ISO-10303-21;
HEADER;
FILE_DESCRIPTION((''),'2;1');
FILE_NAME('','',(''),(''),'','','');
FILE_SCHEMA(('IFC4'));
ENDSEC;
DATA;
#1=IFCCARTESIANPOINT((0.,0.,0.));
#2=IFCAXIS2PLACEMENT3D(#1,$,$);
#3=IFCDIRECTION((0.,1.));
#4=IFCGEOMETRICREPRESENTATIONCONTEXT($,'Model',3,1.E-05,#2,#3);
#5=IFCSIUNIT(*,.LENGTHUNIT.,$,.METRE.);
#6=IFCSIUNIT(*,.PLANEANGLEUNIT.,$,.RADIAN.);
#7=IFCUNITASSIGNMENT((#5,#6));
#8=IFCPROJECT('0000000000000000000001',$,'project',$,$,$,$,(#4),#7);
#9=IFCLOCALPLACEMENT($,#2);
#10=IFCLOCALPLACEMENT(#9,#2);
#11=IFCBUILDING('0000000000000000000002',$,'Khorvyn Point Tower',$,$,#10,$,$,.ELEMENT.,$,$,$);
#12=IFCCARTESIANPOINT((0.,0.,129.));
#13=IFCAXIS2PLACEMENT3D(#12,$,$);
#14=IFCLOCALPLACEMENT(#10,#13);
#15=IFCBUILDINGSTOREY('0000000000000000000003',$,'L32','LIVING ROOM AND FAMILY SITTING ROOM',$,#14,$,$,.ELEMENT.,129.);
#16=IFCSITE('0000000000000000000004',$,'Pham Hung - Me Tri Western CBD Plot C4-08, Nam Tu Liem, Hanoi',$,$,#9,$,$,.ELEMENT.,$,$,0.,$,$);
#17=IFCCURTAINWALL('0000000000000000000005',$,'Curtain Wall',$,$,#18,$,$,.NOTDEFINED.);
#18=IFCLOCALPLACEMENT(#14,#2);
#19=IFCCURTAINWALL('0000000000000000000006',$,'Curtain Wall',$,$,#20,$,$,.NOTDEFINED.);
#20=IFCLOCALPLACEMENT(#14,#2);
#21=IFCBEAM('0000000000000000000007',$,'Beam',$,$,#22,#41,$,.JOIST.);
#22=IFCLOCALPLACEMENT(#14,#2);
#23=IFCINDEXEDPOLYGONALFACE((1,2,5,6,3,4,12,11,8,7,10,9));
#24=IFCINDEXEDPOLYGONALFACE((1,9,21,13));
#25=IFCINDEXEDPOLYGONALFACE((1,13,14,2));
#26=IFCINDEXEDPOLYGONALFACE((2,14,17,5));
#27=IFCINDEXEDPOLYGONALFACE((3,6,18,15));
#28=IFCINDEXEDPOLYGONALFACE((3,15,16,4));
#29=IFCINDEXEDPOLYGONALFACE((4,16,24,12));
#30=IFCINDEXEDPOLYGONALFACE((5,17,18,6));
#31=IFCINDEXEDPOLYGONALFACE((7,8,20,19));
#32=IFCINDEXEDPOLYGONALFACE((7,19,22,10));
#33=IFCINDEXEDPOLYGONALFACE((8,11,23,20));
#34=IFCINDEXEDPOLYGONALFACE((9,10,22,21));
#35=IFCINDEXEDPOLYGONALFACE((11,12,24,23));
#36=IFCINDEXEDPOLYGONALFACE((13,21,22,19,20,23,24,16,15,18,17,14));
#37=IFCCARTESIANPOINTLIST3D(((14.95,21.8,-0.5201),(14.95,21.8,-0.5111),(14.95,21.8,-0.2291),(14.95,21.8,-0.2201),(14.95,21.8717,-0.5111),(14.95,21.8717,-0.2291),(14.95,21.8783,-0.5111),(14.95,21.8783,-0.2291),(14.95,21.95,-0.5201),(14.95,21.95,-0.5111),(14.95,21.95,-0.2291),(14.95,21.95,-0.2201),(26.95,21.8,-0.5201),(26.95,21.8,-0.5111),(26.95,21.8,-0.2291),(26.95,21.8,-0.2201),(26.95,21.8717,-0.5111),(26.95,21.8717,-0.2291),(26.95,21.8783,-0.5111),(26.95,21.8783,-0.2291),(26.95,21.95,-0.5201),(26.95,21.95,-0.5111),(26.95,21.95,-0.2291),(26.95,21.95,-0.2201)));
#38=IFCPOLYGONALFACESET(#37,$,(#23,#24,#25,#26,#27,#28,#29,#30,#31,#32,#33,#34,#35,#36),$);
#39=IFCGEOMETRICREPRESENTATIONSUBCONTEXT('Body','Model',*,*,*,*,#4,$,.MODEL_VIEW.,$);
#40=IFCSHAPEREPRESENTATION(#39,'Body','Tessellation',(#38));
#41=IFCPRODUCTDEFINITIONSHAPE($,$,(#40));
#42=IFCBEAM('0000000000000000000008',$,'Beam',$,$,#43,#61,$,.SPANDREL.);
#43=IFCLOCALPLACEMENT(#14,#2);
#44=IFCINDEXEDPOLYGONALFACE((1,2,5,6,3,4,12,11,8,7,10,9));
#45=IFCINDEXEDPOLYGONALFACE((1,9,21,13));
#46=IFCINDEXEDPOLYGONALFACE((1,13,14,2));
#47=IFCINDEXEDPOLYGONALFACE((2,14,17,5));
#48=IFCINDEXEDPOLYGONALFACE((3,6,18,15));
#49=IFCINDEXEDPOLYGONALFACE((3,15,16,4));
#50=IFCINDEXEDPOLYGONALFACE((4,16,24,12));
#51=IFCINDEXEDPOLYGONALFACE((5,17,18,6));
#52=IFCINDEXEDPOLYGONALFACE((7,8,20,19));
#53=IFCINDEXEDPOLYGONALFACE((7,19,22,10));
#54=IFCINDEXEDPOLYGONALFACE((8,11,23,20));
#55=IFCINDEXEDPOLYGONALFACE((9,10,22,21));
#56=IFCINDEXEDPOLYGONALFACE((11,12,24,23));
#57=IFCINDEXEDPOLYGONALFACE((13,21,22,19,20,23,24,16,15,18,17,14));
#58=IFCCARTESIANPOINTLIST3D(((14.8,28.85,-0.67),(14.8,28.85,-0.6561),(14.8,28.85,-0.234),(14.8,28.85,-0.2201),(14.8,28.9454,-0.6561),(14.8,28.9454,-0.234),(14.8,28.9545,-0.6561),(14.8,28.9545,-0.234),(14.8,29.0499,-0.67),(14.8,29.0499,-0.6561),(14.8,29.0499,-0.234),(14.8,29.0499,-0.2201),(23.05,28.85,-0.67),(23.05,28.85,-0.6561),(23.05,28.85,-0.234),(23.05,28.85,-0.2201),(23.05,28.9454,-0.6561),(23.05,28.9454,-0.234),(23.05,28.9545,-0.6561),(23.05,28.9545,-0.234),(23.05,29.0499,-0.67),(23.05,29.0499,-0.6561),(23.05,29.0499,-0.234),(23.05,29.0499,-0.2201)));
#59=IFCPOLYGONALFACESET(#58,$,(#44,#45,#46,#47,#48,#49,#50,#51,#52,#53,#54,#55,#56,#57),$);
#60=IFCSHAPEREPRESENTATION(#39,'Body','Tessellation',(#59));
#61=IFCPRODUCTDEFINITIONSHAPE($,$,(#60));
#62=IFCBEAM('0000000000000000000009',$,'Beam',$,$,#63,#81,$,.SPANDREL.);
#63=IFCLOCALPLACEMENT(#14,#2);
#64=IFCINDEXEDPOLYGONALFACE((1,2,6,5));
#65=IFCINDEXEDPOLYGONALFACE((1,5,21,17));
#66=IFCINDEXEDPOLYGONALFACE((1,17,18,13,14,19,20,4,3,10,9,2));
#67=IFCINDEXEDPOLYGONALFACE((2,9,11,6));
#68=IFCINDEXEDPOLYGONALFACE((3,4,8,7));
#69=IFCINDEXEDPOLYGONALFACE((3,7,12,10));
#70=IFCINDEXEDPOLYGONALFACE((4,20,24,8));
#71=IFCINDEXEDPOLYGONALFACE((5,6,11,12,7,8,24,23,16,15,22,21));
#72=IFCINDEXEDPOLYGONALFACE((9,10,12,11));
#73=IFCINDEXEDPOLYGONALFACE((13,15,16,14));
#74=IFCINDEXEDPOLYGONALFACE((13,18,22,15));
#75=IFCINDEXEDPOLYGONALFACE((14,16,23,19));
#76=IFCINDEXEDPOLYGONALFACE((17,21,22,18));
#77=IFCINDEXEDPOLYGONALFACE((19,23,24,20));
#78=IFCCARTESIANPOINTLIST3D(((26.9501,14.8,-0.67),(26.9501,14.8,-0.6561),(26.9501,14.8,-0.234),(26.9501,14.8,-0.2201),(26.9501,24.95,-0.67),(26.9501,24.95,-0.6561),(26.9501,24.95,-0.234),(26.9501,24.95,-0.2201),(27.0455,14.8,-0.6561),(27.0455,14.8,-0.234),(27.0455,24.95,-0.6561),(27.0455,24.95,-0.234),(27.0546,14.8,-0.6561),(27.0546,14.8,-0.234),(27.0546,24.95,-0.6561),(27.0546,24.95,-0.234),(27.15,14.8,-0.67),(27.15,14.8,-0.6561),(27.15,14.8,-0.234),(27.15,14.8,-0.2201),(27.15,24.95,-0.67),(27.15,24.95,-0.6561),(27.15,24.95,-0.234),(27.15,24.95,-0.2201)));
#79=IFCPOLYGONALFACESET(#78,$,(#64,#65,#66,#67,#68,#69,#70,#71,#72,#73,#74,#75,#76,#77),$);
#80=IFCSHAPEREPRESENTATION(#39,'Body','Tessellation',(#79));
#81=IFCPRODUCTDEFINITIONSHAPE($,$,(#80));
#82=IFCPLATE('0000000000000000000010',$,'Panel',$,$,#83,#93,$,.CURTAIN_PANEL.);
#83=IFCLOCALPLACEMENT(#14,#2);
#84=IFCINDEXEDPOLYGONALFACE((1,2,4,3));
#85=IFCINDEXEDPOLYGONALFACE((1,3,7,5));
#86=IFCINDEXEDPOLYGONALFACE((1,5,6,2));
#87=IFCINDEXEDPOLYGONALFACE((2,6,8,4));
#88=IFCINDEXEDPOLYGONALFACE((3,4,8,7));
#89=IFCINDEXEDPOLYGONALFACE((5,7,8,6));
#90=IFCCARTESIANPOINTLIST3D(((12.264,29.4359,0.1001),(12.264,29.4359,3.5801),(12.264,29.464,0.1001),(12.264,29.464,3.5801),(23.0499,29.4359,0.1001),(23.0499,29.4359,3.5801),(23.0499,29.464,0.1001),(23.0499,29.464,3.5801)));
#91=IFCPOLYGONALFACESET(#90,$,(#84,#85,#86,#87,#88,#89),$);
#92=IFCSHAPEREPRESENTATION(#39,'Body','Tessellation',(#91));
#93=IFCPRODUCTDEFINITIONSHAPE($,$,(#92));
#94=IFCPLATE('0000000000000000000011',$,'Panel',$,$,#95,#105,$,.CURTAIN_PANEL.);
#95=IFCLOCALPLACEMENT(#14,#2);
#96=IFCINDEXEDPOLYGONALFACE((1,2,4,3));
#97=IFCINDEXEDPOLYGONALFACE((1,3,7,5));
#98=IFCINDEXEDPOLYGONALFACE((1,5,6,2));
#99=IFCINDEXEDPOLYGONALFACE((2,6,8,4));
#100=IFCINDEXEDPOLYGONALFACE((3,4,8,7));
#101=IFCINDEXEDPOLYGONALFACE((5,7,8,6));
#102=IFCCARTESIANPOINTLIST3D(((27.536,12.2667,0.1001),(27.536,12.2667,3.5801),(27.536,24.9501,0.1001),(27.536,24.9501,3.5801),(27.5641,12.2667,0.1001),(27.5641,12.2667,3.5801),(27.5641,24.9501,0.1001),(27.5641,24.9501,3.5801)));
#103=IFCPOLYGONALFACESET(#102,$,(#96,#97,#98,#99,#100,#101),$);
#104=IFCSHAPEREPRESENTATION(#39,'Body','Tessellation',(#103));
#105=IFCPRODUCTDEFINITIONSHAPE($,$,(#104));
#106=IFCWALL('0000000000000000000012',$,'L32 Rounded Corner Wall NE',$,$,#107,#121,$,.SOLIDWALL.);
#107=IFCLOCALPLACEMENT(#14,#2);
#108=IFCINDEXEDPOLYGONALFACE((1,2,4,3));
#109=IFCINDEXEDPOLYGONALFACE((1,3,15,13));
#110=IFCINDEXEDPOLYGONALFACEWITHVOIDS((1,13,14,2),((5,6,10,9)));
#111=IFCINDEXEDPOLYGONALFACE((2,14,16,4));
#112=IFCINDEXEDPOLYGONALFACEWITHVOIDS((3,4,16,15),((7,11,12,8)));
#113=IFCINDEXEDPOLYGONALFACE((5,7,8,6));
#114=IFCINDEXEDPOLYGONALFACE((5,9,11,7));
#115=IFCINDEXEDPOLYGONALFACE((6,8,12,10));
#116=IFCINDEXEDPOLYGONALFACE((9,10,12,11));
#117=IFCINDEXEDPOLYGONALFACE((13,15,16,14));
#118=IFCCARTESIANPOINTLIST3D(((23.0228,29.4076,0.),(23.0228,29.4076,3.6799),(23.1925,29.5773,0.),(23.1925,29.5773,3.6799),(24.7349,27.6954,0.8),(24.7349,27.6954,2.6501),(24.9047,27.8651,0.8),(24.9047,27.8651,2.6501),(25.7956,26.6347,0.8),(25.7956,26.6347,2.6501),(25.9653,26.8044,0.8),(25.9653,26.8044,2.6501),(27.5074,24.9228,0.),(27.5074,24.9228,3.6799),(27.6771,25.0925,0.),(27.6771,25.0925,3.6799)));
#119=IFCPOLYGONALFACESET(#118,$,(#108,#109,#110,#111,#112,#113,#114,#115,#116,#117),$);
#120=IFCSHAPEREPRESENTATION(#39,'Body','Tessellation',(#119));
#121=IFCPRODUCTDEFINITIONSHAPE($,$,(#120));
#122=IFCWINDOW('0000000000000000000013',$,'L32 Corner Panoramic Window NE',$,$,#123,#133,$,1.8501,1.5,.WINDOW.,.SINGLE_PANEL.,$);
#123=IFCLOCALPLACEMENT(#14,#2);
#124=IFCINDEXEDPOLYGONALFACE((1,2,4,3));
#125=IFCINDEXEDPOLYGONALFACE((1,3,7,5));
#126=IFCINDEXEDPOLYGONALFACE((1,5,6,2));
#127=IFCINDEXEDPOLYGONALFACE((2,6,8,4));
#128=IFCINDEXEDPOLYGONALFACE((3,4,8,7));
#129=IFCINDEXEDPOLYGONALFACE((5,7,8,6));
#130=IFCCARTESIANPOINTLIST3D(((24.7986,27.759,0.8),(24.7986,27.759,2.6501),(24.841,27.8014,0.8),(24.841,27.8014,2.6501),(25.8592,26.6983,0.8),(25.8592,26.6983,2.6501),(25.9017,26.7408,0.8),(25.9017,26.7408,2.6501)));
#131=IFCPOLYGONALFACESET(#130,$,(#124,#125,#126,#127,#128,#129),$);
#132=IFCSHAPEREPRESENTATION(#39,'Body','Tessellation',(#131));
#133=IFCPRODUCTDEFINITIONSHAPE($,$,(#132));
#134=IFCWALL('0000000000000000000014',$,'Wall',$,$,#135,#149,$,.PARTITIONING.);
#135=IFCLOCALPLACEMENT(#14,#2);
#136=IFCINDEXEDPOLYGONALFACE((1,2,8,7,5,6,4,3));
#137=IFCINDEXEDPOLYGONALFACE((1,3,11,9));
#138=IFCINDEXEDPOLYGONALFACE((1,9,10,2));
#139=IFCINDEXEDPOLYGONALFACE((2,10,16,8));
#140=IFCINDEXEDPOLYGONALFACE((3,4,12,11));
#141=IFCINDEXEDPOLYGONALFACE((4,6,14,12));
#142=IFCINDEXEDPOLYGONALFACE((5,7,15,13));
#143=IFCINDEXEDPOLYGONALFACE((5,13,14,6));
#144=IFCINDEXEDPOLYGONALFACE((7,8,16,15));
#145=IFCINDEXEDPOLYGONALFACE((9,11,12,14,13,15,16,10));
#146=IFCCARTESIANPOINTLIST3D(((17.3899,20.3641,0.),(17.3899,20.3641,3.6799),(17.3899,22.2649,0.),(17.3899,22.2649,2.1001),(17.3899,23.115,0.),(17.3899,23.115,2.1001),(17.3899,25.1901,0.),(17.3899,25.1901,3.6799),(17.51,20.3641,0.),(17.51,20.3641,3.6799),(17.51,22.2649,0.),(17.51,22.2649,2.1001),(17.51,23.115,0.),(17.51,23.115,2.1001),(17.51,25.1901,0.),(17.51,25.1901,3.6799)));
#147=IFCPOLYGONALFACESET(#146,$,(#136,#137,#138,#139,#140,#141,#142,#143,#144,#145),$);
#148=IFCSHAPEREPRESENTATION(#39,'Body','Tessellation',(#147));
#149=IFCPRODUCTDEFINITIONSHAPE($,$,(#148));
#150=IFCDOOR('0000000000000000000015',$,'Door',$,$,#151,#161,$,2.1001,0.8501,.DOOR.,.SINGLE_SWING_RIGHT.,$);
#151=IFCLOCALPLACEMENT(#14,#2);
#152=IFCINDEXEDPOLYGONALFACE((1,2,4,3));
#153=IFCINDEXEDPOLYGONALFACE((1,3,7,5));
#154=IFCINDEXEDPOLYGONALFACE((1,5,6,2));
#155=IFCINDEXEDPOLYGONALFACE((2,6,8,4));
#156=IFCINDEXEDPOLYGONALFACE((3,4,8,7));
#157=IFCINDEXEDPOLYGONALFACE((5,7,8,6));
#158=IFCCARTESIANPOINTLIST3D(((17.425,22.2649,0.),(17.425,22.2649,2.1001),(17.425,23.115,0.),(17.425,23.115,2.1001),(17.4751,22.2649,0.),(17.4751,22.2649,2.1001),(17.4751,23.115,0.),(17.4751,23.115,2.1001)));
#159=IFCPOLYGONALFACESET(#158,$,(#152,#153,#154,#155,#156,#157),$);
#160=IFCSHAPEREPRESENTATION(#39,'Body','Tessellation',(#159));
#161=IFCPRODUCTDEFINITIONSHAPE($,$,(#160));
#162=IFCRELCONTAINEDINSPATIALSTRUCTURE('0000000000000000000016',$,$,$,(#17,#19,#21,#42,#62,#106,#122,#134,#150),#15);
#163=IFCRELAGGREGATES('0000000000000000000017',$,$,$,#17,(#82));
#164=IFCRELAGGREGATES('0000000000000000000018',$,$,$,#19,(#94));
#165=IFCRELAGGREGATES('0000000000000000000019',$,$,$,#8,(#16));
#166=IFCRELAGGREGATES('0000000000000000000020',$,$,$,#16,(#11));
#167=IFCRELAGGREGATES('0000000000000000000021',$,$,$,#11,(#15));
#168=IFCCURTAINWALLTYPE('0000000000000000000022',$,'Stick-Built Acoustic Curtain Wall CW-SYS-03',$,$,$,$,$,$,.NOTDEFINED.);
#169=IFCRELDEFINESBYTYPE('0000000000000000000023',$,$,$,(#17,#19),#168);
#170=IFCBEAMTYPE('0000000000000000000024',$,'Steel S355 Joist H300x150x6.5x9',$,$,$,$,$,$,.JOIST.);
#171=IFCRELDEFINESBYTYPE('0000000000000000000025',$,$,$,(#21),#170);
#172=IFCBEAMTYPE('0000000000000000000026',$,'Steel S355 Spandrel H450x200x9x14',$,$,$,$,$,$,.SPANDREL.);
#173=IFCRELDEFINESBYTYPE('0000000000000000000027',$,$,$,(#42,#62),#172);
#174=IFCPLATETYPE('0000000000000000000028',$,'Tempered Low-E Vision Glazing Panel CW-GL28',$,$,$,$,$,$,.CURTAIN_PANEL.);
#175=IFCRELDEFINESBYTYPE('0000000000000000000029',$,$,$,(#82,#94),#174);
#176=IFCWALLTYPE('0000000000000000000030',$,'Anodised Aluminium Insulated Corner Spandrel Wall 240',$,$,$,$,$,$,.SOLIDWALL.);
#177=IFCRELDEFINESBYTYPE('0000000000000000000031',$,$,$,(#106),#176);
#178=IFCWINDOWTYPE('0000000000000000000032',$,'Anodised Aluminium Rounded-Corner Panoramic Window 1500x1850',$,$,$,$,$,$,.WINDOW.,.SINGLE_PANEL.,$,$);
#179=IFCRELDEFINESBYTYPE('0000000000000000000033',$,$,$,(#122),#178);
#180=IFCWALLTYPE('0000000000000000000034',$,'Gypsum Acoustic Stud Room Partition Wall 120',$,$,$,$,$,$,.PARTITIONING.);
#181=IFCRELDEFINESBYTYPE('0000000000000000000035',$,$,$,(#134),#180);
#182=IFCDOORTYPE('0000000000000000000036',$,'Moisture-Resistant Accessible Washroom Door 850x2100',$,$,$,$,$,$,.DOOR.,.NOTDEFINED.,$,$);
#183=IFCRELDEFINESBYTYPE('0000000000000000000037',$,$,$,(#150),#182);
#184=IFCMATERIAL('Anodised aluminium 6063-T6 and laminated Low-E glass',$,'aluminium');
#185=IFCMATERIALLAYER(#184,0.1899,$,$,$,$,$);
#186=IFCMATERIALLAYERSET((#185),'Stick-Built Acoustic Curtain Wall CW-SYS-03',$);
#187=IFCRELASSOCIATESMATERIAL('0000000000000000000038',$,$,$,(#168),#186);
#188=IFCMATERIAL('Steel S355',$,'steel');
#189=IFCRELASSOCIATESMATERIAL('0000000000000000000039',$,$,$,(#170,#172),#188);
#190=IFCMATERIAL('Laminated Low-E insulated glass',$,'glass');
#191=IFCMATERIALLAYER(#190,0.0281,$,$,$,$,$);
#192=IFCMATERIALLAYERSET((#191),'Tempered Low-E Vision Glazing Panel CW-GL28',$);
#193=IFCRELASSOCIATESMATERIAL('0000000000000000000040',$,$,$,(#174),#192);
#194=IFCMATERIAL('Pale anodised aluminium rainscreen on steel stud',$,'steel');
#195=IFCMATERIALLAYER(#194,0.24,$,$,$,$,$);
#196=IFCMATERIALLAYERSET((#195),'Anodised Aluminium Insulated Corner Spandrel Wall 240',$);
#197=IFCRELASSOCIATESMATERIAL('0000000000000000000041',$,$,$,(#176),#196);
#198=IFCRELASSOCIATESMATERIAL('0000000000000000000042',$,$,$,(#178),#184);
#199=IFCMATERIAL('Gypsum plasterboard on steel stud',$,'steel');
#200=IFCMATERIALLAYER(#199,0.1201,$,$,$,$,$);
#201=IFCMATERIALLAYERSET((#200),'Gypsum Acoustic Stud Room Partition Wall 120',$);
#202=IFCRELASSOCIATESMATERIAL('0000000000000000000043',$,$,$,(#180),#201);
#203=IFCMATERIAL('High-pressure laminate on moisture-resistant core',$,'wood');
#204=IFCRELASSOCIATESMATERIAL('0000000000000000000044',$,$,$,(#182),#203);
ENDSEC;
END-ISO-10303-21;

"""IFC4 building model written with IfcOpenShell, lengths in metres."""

from ifc_helpers import new_model, si_unit, direction, frame, frame_2d, origin, origin_2d, place, context, subcontext, project, spatial, rectangle, i_section, extrude, material, layer, layer_set, material_profile, profile_set, type_object, element, fill, aggregate, save


model = new_model("IFC4")

# Units and contexts
model_context = context("Model", 3, precision=1e-05, world=origin(), true_north=direction((0.0, 1.0)))
body_context = subcontext(model_context, "Body", "Model", "MODEL_VIEW")
ifc_project = project(units=[si_unit("LENGTHUNIT", "METRE"), si_unit("PLANEANGLEUNIT", "RADIAN")], contexts=[model_context])

# Site, building, storey
site_placement = place(None, origin())
site = spatial("IfcSite", under=ifc_project, at=site_placement, Name="Pham Hung - Me Tri Western CBD Plot C4-08, Nam Tu Liem, Hanoi", CompositionType="ELEMENT", RefElevation=0.0)
building_placement = place(site_placement, origin())
building = spatial("IfcBuilding", under=site, at=building_placement, Name="Khorvyn Point Tower", CompositionType="ELEMENT")
storey_placement = place(building_placement, frame((0.0, 0.0, 129.0)))
storey = spatial("IfcBuildingStorey", under=building, at=storey_placement, Name="L32", Description="LIVING ROOM AND FAMILY SITTING ROOM", CompositionType="ELEMENT", Elevation=129.0)

# Curtain wall
ifc_material_1 = material(Name="Anodised aluminium 6063-T6 and laminated Low-E glass", Category="aluminium")
ifc_layer_1 = layer(ifc_material_1, 0.1899)
ifc_layer_set_1 = layer_set([ifc_layer_1], Name="Stick-Built Acoustic Curtain Wall CW-SYS-03")
curtain_wall_type = type_object("IfcCurtainWallType", Name="Stick-Built Acoustic Curtain Wall CW-SYS-03", PredefinedType="NOTDEFINED", material=ifc_layer_set_1)
curtain_wall_1_placement = place(storey_placement, origin())
curtain_wall_1 = element("IfcCurtainWall", 1, at=curtain_wall_1_placement, inside=storey, type_object=curtain_wall_type, Name="Curtain Wall", PredefinedType="NOTDEFINED")

# Curtain wall
curtain_wall_2_placement = place(storey_placement, origin())
curtain_wall_2 = element("IfcCurtainWall", 2, at=curtain_wall_2_placement, inside=storey, type_object=curtain_wall_type, Name="Curtain Wall", PredefinedType="NOTDEFINED")

# Beams
ifc_material_2 = material(Name="Steel S355", Category="steel")
ifc_material_profile_1 = material_profile(ifc_material_2, i_section(OverallWidth=0.1499, OverallDepth=0.3, WebThickness=0.0066, FlangeThickness=0.009, at=origin_2d()))
ifc_profile_set_1 = profile_set([ifc_material_profile_1], Name="Steel S355 H300x150x6.5x9")
beam_type_1 = type_object("IfcBeamType", Name="Steel S355 Joist H300x150x6.5x9", PredefinedType="JOIST", material=ifc_profile_set_1)
beam_1_placement = place(storey_placement, frame((14.95, 21.875, -0.3701), z_axis=(1.0, 0.0, 0.0), x_axis=(0.0, 1.0, 0.0)))
element("IfcBeam", 3, at=beam_1_placement, inside=storey, type_object=beam_type_1, Name="Beam", PredefinedType="JOIST", context=body_context, shape_type="SweptSolid", body=[
    extrude(i_section(OverallWidth=0.1499, OverallDepth=0.3, WebThickness=0.0066, FlangeThickness=0.009, at=origin_2d()), origin(), (0.0, 0.0, 1.0), 12.0),
])
ifc_material_profile_2 = material_profile(ifc_material_2, i_section(OverallWidth=0.2, OverallDepth=0.45, WebThickness=0.009, FlangeThickness=0.0139, at=origin_2d()))
ifc_profile_set_2 = profile_set([ifc_material_profile_2], Name="Steel S355 H450x200x9x14")
beam_type_2 = type_object("IfcBeamType", Name="Steel S355 Spandrel H450x200x9x14", PredefinedType="SPANDREL", material=ifc_profile_set_2)
beam_2_placement = place(storey_placement, frame((14.8, 28.95, -0.4451), z_axis=(1.0, 0.0, 0.0), x_axis=(0.0, 1.0, 0.0)))
element("IfcBeam", 4, at=beam_2_placement, inside=storey, type_object=beam_type_2, Name="Beam", PredefinedType="SPANDREL", context=body_context, shape_type="SweptSolid", body=[
    extrude(i_section(OverallWidth=0.2, OverallDepth=0.45, WebThickness=0.009, FlangeThickness=0.0139, at=origin_2d()), origin(), (0.0, 0.0, 1.0), 8.25),
])
beam_3_placement = place(storey_placement, frame((27.05, 14.8, -0.4451), z_axis=(0.0, 1.0, 0.0), x_axis=(-1.0, 0.0, 0.0)))
element("IfcBeam", 5, at=beam_3_placement, inside=storey, type_object=beam_type_2, Name="Beam", PredefinedType="SPANDREL", context=body_context, shape_type="SweptSolid", body=[
    extrude(i_section(OverallWidth=0.2, OverallDepth=0.45, WebThickness=0.009, FlangeThickness=0.0139, at=origin_2d()), origin(), (0.0, 0.0, 1.0), 10.1499),
])

# Plates
ifc_material_3 = material(Name="Laminated Low-E insulated glass", Category="glass")
ifc_layer_2 = layer(ifc_material_3, 0.0281)
ifc_layer_set_2 = layer_set([ifc_layer_2], Name="Tempered Low-E Vision Glazing Panel CW-GL28")
plate_type = type_object("IfcPlateType", Name="Tempered Low-E Vision Glazing Panel CW-GL28", PredefinedType="CURTAIN_PANEL", material=ifc_layer_set_2)
plate_1_placement = place(storey_placement, frame((17.657, 29.45, 0.1001), z_axis=(0.0, 0.0, 1.0), x_axis=(1.0, 0.0, 0.0)))
plate_1 = element("IfcPlate", 6, at=plate_1_placement, type_object=plate_type, Name="Panel", PredefinedType="CURTAIN_PANEL", context=body_context, shape_type="SweptSolid", body=[
    extrude(rectangle(XDim=10.7859, YDim=0.0281, at=origin_2d()), origin(), (0.0, 0.0, 1.0), 3.48),
])
aggregate(curtain_wall_1, [plate_1])
plate_2_placement = place(storey_placement, frame((27.55, 18.6084, 0.1001), z_axis=(0.0, 0.0, 1.0), x_axis=(0.0, -1.0, 0.0)))
plate_2 = element("IfcPlate", 7, at=plate_2_placement, type_object=plate_type, Name="Panel", PredefinedType="CURTAIN_PANEL", context=body_context, shape_type="SweptSolid", body=[
    extrude(rectangle(XDim=12.6833, YDim=0.0281, at=origin_2d()), origin(), (0.0, 0.0, 1.0), 3.48),
])
aggregate(curtain_wall_2, [plate_2])

# Wall, opening, window
ifc_material_4 = material(Name="Pale anodised aluminium rainscreen on steel stud", Category="steel")
ifc_layer_3 = layer(ifc_material_4, 0.24)
ifc_layer_set_3 = layer_set([ifc_layer_3], Name="Anodised Aluminium Insulated Corner Spandrel Wall 240")
wall_type_1 = type_object("IfcWallType", Name="Anodised Aluminium Insulated Corner Spandrel Wall 240", PredefinedType="SOLIDWALL", material=ifc_layer_set_3)
wall_1_placement = place(storey_placement, frame((23.1077, 29.4924, 0.0), z_axis=(0.0, 0.0, 1.0), x_axis=(0.707088, -0.707126, 0.0)))
wall_1 = element("IfcWall", 8, at=wall_1_placement, inside=storey, type_object=wall_type_1, Name="L32 Rounded Corner Wall NE", PredefinedType="SOLIDWALL", context=body_context, shape_type="SweptSolid", body=[
    extrude(rectangle(XDim=6.3423, YDim=0.24, at=frame_2d((3.1711, 0.0))), origin(), (0.0, 0.0, 1.0), 3.6799),
])
opening_1_placement = place(wall_1_placement, frame((2.4214, 0.0, 0.8)))
opening_1 = element("IfcOpeningElement", 9, at=opening_1_placement, cuts=wall_1, PredefinedType="OPENING", context=body_context, shape_type="SweptSolid", body=[
    extrude(rectangle(XDim=1.5, YDim=1.8501, at=frame_2d((0.75, 0.925))), frame((0.0, 0.1299, 0.0), z_axis=(0.0, -1.0, 0.0), x_axis=(1.0, 0.0, 0.0)), (0.0, 0.0, 1.0), 0.26),
])
window_type = type_object("IfcWindowType", Name="Anodised Aluminium Rounded-Corner Panoramic Window 1500x1850", PartitioningType="SINGLE_PANEL", PredefinedType="WINDOW", material=ifc_material_1)
window_placement = place(opening_1_placement, origin())
window = element("IfcWindow", 10, at=window_placement, inside=storey, type_object=window_type, Name="L32 Corner Panoramic Window NE", OverallHeight=1.8501, OverallWidth=1.5, PartitioningType="SINGLE_PANEL", PredefinedType="WINDOW", context=body_context, shape_type="SweptSolid", body=[
    extrude(rectangle(XDim=1.5, YDim=1.8501, at=frame_2d((0.75, 0.925))), frame((0.0, 0.03, 0.0), z_axis=(0.0, -1.0, 0.0), x_axis=(1.0, 0.0, 0.0)), (0.0, 0.0, 1.0), 0.0601),
])
fill(opening_1, window)

# Wall, opening, door
ifc_material_5 = material(Name="Gypsum plasterboard on steel stud", Category="steel")
ifc_layer_4 = layer(ifc_material_5, 0.1201)
ifc_layer_set_4 = layer_set([ifc_layer_4], Name="Gypsum Acoustic Stud Room Partition Wall 120")
wall_type_2 = type_object("IfcWallType", Name="Gypsum Acoustic Stud Room Partition Wall 120", PredefinedType="PARTITIONING", material=ifc_layer_set_4)
wall_2_placement = place(storey_placement, frame((17.45, 20.364, 0.0), z_axis=(0.0, 0.0, 1.0), x_axis=(0.0, 1.0, 0.0)))
wall_2 = element("IfcWall", 11, at=wall_2_placement, inside=storey, type_object=wall_type_2, Name="Wall", PredefinedType="PARTITIONING", context=body_context, shape_type="SweptSolid", body=[
    extrude(rectangle(XDim=4.8259, YDim=0.1201, at=frame_2d((2.4131, 0.0))), origin(), (0.0, 0.0, 1.0), 3.6799),
])
opening_2_placement = place(wall_2_placement, frame((1.9009, 0.0, 0.0)))
opening_2 = element("IfcOpeningElement", 12, at=opening_2_placement, cuts=wall_2, PredefinedType="OPENING", context=body_context, shape_type="SweptSolid", body=[
    extrude(rectangle(XDim=0.8501, YDim=2.1001, at=frame_2d((0.425, 1.05))), frame((0.0, 0.0701, 0.0), z_axis=(0.0, -1.0, 0.0), x_axis=(1.0, 0.0, 0.0)), (0.0, 0.0, 1.0), 0.1401),
])
ifc_material_6 = material(Name="High-pressure laminate on moisture-resistant core", Category="wood")
door_type_1 = type_object("IfcDoorType", Name="Moisture-Resistant Accessible Washroom Door 850x2100", OperationType="NOTDEFINED", PredefinedType="DOOR", material=ifc_material_6)
door_1_placement = place(opening_2_placement, origin())
door_1 = element("IfcDoor", 13, at=door_1_placement, inside=storey, type_object=door_type_1, Name="Door", OperationType="SINGLE_SWING_RIGHT", OverallHeight=2.1001, OverallWidth=0.8501, PredefinedType="DOOR", context=body_context, shape_type="SweptSolid", body=[
    extrude(rectangle(XDim=0.8501, YDim=2.1001, at=frame_2d((0.425, 1.05))), frame((0.0, 0.0249, 0.0), z_axis=(0.0, -1.0, 0.0), x_axis=(1.0, 0.0, 0.0)), (0.0, 0.0, 1.0), 0.05),
])
fill(opening_2, door_1)

save(model, "model.ifc")
